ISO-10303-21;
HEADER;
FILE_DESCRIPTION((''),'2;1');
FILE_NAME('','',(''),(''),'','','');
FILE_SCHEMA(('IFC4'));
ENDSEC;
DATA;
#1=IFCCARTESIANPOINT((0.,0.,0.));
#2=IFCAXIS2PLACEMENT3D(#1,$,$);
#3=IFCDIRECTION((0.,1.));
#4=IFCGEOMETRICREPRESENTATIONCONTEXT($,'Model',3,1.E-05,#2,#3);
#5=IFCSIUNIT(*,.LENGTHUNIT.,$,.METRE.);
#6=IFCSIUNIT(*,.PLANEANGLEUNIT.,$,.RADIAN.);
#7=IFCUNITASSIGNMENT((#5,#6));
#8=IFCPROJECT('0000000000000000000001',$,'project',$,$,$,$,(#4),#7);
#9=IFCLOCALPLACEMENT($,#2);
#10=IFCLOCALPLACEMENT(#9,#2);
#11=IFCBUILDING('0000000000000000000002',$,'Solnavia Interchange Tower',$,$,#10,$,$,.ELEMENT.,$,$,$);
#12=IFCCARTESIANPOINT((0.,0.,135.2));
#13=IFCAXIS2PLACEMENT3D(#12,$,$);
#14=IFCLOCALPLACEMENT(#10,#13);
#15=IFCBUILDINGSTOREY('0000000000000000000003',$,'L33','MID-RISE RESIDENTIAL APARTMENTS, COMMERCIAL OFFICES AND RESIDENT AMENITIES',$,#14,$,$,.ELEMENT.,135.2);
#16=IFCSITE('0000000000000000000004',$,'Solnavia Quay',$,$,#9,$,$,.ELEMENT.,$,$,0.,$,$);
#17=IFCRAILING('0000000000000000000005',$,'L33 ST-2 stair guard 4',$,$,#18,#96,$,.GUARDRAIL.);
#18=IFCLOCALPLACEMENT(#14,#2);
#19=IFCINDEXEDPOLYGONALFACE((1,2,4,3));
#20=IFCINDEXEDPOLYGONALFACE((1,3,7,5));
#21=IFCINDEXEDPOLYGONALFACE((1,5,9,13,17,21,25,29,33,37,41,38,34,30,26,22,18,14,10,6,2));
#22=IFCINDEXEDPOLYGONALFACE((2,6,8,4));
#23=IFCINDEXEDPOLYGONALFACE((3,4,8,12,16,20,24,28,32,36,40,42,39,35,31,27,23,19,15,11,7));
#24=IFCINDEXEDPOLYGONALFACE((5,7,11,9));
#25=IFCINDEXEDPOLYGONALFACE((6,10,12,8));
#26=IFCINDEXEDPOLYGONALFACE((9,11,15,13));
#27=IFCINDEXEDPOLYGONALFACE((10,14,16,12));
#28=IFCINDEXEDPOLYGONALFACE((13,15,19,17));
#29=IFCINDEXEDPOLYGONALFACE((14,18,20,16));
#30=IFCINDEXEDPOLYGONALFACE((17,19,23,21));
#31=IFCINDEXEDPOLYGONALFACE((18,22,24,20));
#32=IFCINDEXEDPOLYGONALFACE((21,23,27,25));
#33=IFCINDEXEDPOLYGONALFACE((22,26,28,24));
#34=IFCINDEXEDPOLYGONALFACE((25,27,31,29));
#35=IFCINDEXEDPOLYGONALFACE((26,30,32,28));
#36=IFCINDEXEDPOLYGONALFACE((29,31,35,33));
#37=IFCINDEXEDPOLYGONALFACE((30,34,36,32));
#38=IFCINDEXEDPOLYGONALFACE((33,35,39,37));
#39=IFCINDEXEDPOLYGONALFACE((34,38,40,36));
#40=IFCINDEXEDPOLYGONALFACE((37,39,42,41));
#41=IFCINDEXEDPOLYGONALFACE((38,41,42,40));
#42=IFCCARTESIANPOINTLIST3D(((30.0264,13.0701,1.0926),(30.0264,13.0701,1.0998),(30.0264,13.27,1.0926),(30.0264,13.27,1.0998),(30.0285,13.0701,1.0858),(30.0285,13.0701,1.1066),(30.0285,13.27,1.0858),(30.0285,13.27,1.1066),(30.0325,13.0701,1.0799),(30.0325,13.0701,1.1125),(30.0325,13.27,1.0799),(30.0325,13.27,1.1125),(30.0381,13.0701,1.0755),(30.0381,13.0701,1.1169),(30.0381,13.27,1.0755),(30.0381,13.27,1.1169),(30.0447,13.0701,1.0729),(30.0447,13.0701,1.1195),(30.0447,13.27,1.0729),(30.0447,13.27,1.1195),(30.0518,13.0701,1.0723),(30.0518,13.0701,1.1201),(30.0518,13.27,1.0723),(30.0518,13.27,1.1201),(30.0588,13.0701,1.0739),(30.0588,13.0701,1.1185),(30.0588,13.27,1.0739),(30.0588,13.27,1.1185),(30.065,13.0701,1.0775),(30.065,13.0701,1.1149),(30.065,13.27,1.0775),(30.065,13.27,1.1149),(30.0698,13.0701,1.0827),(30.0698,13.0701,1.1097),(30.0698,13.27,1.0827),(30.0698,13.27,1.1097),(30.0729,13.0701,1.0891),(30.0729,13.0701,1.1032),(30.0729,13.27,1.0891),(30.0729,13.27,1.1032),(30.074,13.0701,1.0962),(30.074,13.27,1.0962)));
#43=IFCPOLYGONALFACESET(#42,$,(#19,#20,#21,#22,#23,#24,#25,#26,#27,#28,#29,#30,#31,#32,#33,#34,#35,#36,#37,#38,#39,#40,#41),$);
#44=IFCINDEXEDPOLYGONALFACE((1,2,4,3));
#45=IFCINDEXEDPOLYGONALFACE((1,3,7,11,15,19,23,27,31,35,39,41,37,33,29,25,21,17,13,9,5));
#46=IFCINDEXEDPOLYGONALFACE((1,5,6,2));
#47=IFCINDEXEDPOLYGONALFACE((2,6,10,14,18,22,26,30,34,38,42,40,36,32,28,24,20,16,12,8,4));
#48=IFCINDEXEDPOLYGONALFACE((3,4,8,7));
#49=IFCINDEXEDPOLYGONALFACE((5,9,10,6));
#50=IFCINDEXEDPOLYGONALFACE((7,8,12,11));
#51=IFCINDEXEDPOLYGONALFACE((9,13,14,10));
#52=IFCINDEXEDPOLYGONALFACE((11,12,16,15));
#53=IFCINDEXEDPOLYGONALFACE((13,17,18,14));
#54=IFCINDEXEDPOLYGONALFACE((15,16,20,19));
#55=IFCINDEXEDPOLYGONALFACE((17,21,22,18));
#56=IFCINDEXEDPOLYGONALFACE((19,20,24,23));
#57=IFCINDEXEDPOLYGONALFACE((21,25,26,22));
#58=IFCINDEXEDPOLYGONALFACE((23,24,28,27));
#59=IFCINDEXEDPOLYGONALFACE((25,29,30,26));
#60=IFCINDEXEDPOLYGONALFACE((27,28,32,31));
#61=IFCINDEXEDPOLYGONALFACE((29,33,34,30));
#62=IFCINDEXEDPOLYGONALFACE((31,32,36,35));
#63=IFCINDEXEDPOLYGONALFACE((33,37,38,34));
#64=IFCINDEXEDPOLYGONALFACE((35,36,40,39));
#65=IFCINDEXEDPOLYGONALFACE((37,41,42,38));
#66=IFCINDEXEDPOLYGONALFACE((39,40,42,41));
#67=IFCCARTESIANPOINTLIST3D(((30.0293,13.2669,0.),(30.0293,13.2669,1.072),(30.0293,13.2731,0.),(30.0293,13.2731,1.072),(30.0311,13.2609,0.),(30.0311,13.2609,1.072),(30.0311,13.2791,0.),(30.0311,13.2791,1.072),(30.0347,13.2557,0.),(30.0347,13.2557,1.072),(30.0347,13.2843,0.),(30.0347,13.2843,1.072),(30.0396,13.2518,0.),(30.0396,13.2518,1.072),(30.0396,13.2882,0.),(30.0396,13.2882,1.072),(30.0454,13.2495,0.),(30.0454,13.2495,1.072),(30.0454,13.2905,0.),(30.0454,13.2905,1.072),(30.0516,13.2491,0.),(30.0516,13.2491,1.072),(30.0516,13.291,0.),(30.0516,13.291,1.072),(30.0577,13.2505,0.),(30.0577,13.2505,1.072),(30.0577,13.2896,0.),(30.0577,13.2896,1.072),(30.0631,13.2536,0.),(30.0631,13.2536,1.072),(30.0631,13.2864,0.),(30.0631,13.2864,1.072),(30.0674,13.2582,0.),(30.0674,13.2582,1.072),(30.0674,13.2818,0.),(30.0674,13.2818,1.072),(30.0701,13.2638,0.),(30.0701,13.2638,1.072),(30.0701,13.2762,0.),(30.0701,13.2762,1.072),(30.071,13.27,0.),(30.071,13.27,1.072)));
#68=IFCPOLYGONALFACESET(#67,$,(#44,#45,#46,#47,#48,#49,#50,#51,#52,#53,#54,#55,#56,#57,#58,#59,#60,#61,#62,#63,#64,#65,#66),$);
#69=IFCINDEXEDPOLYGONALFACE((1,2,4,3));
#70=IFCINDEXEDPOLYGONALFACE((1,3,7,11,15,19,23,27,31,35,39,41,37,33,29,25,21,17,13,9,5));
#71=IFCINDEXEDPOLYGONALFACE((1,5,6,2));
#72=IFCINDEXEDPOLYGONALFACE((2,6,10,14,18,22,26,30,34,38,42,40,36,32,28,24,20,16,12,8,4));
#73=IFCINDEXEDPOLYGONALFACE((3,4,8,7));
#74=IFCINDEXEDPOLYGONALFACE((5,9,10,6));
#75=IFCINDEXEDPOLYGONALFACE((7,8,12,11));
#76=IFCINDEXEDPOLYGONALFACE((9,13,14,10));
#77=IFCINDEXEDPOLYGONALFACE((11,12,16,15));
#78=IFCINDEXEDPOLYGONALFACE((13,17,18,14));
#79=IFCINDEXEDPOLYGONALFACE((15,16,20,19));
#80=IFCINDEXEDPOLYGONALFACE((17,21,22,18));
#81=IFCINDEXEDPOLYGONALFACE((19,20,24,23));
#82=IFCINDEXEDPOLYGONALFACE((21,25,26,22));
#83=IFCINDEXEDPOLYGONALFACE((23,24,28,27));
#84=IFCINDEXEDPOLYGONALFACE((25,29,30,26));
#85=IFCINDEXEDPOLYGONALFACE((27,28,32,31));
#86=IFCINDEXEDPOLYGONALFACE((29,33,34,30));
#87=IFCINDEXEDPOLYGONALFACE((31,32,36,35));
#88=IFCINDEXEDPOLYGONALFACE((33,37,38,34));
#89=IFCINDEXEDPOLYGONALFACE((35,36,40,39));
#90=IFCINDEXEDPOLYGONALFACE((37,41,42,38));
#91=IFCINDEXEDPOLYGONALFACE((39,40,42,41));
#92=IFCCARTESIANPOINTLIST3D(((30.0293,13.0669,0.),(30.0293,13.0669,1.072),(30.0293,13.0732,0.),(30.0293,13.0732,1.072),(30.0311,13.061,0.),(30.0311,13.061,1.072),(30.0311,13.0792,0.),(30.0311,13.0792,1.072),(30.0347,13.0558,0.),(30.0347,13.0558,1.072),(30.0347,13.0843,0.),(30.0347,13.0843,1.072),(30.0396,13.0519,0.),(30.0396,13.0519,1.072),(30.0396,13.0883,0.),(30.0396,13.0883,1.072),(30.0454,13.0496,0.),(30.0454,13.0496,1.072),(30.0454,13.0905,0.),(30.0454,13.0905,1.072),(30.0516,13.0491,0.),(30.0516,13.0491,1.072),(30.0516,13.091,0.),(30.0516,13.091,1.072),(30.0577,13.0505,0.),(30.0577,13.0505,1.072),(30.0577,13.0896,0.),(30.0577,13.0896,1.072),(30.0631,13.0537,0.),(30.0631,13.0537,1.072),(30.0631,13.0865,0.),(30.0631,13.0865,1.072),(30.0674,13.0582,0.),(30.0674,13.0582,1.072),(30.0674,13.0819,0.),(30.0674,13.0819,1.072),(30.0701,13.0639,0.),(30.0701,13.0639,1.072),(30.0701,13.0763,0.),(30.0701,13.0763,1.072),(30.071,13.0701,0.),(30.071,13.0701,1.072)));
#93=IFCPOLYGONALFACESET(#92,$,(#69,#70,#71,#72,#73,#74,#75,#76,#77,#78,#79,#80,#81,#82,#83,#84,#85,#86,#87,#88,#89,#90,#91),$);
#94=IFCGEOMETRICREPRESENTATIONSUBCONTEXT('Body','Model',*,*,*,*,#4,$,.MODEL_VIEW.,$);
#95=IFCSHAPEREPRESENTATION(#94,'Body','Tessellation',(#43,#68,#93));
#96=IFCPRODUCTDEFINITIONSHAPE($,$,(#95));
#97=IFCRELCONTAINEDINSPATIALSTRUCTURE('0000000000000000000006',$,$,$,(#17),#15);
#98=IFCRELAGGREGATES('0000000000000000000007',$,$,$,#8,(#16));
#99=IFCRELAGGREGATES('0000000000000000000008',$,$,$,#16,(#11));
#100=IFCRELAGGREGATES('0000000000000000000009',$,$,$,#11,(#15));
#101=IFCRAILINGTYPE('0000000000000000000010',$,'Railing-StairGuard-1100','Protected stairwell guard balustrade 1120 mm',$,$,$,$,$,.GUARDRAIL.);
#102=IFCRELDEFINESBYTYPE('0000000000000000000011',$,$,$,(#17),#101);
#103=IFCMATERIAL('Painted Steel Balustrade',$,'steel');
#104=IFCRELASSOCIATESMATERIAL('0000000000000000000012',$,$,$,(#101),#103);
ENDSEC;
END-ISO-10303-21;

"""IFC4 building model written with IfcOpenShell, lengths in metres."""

from ifc_helpers import new_model, si_unit, direction, frame, origin, origin_2d, place, context, subcontext, project, spatial, circle, extrude, material, type_object, element, save


model = new_model("IFC4")

# Units and contexts
model_context = context("Model", 3, precision=1e-05, world=origin(), true_north=direction((0.0, 1.0)))
body_context = subcontext(model_context, "Body", "Model", "MODEL_VIEW")
ifc_project = project(units=[si_unit("LENGTHUNIT", "METRE"), si_unit("PLANEANGLEUNIT", "RADIAN")], contexts=[model_context])

# Site, building, storey
site_placement = place(None, origin())
site = spatial("IfcSite", under=ifc_project, at=site_placement, Name="Solnavia Quay", CompositionType="ELEMENT", RefElevation=0.0)
building_placement = place(site_placement, origin())
building = spatial("IfcBuilding", under=site, at=building_placement, Name="Solnavia Interchange Tower", CompositionType="ELEMENT")
storey_placement = place(building_placement, frame((0.0, 0.0, 135.2)))
storey = spatial("IfcBuildingStorey", under=building, at=storey_placement, Name="L33", Description="MID-RISE RESIDENTIAL APARTMENTS, COMMERCIAL OFFICES AND RESIDENT AMENITIES", CompositionType="ELEMENT", Elevation=135.2)

# Railing
ifc_material_1 = material(Name="Painted Steel Balustrade", Category="steel")
railing_type_1 = type_object("IfcRailingType", Name="Railing-StairGuard-1100", Description="Protected stairwell guard balustrade 1120 mm", PredefinedType="GUARDRAIL", material=ifc_material_1)
railing_1_placement = place(storey_placement, frame((30.05, 13.27, 0.0)))
element("IfcRailing", 1, at=railing_1_placement, inside=storey, type_object=railing_type_1, Name="L33 ST-2 stair guard 4", PredefinedType="GUARDRAIL", context=body_context, shape_type="SweptSolid", body=[
    extrude(circle(Radius=0.0239, at=origin_2d()), frame((0.0, 0.0, 1.0962), z_axis=(0.0, -1.0, 0.0), x_axis=(1.0, 0.0, 0.0)), (0.0, 0.0, 1.0), 0.2),
    extrude(circle(Radius=0.021, at=origin_2d()), origin(), (0.0, 0.0, 1.0), 1.072),
    extrude(circle(Radius=0.021, at=origin_2d()), frame((0.0, -0.2, 0.0)), (0.0, 0.0, 1.0), 1.072),
])

save(model, "model.ifc")
